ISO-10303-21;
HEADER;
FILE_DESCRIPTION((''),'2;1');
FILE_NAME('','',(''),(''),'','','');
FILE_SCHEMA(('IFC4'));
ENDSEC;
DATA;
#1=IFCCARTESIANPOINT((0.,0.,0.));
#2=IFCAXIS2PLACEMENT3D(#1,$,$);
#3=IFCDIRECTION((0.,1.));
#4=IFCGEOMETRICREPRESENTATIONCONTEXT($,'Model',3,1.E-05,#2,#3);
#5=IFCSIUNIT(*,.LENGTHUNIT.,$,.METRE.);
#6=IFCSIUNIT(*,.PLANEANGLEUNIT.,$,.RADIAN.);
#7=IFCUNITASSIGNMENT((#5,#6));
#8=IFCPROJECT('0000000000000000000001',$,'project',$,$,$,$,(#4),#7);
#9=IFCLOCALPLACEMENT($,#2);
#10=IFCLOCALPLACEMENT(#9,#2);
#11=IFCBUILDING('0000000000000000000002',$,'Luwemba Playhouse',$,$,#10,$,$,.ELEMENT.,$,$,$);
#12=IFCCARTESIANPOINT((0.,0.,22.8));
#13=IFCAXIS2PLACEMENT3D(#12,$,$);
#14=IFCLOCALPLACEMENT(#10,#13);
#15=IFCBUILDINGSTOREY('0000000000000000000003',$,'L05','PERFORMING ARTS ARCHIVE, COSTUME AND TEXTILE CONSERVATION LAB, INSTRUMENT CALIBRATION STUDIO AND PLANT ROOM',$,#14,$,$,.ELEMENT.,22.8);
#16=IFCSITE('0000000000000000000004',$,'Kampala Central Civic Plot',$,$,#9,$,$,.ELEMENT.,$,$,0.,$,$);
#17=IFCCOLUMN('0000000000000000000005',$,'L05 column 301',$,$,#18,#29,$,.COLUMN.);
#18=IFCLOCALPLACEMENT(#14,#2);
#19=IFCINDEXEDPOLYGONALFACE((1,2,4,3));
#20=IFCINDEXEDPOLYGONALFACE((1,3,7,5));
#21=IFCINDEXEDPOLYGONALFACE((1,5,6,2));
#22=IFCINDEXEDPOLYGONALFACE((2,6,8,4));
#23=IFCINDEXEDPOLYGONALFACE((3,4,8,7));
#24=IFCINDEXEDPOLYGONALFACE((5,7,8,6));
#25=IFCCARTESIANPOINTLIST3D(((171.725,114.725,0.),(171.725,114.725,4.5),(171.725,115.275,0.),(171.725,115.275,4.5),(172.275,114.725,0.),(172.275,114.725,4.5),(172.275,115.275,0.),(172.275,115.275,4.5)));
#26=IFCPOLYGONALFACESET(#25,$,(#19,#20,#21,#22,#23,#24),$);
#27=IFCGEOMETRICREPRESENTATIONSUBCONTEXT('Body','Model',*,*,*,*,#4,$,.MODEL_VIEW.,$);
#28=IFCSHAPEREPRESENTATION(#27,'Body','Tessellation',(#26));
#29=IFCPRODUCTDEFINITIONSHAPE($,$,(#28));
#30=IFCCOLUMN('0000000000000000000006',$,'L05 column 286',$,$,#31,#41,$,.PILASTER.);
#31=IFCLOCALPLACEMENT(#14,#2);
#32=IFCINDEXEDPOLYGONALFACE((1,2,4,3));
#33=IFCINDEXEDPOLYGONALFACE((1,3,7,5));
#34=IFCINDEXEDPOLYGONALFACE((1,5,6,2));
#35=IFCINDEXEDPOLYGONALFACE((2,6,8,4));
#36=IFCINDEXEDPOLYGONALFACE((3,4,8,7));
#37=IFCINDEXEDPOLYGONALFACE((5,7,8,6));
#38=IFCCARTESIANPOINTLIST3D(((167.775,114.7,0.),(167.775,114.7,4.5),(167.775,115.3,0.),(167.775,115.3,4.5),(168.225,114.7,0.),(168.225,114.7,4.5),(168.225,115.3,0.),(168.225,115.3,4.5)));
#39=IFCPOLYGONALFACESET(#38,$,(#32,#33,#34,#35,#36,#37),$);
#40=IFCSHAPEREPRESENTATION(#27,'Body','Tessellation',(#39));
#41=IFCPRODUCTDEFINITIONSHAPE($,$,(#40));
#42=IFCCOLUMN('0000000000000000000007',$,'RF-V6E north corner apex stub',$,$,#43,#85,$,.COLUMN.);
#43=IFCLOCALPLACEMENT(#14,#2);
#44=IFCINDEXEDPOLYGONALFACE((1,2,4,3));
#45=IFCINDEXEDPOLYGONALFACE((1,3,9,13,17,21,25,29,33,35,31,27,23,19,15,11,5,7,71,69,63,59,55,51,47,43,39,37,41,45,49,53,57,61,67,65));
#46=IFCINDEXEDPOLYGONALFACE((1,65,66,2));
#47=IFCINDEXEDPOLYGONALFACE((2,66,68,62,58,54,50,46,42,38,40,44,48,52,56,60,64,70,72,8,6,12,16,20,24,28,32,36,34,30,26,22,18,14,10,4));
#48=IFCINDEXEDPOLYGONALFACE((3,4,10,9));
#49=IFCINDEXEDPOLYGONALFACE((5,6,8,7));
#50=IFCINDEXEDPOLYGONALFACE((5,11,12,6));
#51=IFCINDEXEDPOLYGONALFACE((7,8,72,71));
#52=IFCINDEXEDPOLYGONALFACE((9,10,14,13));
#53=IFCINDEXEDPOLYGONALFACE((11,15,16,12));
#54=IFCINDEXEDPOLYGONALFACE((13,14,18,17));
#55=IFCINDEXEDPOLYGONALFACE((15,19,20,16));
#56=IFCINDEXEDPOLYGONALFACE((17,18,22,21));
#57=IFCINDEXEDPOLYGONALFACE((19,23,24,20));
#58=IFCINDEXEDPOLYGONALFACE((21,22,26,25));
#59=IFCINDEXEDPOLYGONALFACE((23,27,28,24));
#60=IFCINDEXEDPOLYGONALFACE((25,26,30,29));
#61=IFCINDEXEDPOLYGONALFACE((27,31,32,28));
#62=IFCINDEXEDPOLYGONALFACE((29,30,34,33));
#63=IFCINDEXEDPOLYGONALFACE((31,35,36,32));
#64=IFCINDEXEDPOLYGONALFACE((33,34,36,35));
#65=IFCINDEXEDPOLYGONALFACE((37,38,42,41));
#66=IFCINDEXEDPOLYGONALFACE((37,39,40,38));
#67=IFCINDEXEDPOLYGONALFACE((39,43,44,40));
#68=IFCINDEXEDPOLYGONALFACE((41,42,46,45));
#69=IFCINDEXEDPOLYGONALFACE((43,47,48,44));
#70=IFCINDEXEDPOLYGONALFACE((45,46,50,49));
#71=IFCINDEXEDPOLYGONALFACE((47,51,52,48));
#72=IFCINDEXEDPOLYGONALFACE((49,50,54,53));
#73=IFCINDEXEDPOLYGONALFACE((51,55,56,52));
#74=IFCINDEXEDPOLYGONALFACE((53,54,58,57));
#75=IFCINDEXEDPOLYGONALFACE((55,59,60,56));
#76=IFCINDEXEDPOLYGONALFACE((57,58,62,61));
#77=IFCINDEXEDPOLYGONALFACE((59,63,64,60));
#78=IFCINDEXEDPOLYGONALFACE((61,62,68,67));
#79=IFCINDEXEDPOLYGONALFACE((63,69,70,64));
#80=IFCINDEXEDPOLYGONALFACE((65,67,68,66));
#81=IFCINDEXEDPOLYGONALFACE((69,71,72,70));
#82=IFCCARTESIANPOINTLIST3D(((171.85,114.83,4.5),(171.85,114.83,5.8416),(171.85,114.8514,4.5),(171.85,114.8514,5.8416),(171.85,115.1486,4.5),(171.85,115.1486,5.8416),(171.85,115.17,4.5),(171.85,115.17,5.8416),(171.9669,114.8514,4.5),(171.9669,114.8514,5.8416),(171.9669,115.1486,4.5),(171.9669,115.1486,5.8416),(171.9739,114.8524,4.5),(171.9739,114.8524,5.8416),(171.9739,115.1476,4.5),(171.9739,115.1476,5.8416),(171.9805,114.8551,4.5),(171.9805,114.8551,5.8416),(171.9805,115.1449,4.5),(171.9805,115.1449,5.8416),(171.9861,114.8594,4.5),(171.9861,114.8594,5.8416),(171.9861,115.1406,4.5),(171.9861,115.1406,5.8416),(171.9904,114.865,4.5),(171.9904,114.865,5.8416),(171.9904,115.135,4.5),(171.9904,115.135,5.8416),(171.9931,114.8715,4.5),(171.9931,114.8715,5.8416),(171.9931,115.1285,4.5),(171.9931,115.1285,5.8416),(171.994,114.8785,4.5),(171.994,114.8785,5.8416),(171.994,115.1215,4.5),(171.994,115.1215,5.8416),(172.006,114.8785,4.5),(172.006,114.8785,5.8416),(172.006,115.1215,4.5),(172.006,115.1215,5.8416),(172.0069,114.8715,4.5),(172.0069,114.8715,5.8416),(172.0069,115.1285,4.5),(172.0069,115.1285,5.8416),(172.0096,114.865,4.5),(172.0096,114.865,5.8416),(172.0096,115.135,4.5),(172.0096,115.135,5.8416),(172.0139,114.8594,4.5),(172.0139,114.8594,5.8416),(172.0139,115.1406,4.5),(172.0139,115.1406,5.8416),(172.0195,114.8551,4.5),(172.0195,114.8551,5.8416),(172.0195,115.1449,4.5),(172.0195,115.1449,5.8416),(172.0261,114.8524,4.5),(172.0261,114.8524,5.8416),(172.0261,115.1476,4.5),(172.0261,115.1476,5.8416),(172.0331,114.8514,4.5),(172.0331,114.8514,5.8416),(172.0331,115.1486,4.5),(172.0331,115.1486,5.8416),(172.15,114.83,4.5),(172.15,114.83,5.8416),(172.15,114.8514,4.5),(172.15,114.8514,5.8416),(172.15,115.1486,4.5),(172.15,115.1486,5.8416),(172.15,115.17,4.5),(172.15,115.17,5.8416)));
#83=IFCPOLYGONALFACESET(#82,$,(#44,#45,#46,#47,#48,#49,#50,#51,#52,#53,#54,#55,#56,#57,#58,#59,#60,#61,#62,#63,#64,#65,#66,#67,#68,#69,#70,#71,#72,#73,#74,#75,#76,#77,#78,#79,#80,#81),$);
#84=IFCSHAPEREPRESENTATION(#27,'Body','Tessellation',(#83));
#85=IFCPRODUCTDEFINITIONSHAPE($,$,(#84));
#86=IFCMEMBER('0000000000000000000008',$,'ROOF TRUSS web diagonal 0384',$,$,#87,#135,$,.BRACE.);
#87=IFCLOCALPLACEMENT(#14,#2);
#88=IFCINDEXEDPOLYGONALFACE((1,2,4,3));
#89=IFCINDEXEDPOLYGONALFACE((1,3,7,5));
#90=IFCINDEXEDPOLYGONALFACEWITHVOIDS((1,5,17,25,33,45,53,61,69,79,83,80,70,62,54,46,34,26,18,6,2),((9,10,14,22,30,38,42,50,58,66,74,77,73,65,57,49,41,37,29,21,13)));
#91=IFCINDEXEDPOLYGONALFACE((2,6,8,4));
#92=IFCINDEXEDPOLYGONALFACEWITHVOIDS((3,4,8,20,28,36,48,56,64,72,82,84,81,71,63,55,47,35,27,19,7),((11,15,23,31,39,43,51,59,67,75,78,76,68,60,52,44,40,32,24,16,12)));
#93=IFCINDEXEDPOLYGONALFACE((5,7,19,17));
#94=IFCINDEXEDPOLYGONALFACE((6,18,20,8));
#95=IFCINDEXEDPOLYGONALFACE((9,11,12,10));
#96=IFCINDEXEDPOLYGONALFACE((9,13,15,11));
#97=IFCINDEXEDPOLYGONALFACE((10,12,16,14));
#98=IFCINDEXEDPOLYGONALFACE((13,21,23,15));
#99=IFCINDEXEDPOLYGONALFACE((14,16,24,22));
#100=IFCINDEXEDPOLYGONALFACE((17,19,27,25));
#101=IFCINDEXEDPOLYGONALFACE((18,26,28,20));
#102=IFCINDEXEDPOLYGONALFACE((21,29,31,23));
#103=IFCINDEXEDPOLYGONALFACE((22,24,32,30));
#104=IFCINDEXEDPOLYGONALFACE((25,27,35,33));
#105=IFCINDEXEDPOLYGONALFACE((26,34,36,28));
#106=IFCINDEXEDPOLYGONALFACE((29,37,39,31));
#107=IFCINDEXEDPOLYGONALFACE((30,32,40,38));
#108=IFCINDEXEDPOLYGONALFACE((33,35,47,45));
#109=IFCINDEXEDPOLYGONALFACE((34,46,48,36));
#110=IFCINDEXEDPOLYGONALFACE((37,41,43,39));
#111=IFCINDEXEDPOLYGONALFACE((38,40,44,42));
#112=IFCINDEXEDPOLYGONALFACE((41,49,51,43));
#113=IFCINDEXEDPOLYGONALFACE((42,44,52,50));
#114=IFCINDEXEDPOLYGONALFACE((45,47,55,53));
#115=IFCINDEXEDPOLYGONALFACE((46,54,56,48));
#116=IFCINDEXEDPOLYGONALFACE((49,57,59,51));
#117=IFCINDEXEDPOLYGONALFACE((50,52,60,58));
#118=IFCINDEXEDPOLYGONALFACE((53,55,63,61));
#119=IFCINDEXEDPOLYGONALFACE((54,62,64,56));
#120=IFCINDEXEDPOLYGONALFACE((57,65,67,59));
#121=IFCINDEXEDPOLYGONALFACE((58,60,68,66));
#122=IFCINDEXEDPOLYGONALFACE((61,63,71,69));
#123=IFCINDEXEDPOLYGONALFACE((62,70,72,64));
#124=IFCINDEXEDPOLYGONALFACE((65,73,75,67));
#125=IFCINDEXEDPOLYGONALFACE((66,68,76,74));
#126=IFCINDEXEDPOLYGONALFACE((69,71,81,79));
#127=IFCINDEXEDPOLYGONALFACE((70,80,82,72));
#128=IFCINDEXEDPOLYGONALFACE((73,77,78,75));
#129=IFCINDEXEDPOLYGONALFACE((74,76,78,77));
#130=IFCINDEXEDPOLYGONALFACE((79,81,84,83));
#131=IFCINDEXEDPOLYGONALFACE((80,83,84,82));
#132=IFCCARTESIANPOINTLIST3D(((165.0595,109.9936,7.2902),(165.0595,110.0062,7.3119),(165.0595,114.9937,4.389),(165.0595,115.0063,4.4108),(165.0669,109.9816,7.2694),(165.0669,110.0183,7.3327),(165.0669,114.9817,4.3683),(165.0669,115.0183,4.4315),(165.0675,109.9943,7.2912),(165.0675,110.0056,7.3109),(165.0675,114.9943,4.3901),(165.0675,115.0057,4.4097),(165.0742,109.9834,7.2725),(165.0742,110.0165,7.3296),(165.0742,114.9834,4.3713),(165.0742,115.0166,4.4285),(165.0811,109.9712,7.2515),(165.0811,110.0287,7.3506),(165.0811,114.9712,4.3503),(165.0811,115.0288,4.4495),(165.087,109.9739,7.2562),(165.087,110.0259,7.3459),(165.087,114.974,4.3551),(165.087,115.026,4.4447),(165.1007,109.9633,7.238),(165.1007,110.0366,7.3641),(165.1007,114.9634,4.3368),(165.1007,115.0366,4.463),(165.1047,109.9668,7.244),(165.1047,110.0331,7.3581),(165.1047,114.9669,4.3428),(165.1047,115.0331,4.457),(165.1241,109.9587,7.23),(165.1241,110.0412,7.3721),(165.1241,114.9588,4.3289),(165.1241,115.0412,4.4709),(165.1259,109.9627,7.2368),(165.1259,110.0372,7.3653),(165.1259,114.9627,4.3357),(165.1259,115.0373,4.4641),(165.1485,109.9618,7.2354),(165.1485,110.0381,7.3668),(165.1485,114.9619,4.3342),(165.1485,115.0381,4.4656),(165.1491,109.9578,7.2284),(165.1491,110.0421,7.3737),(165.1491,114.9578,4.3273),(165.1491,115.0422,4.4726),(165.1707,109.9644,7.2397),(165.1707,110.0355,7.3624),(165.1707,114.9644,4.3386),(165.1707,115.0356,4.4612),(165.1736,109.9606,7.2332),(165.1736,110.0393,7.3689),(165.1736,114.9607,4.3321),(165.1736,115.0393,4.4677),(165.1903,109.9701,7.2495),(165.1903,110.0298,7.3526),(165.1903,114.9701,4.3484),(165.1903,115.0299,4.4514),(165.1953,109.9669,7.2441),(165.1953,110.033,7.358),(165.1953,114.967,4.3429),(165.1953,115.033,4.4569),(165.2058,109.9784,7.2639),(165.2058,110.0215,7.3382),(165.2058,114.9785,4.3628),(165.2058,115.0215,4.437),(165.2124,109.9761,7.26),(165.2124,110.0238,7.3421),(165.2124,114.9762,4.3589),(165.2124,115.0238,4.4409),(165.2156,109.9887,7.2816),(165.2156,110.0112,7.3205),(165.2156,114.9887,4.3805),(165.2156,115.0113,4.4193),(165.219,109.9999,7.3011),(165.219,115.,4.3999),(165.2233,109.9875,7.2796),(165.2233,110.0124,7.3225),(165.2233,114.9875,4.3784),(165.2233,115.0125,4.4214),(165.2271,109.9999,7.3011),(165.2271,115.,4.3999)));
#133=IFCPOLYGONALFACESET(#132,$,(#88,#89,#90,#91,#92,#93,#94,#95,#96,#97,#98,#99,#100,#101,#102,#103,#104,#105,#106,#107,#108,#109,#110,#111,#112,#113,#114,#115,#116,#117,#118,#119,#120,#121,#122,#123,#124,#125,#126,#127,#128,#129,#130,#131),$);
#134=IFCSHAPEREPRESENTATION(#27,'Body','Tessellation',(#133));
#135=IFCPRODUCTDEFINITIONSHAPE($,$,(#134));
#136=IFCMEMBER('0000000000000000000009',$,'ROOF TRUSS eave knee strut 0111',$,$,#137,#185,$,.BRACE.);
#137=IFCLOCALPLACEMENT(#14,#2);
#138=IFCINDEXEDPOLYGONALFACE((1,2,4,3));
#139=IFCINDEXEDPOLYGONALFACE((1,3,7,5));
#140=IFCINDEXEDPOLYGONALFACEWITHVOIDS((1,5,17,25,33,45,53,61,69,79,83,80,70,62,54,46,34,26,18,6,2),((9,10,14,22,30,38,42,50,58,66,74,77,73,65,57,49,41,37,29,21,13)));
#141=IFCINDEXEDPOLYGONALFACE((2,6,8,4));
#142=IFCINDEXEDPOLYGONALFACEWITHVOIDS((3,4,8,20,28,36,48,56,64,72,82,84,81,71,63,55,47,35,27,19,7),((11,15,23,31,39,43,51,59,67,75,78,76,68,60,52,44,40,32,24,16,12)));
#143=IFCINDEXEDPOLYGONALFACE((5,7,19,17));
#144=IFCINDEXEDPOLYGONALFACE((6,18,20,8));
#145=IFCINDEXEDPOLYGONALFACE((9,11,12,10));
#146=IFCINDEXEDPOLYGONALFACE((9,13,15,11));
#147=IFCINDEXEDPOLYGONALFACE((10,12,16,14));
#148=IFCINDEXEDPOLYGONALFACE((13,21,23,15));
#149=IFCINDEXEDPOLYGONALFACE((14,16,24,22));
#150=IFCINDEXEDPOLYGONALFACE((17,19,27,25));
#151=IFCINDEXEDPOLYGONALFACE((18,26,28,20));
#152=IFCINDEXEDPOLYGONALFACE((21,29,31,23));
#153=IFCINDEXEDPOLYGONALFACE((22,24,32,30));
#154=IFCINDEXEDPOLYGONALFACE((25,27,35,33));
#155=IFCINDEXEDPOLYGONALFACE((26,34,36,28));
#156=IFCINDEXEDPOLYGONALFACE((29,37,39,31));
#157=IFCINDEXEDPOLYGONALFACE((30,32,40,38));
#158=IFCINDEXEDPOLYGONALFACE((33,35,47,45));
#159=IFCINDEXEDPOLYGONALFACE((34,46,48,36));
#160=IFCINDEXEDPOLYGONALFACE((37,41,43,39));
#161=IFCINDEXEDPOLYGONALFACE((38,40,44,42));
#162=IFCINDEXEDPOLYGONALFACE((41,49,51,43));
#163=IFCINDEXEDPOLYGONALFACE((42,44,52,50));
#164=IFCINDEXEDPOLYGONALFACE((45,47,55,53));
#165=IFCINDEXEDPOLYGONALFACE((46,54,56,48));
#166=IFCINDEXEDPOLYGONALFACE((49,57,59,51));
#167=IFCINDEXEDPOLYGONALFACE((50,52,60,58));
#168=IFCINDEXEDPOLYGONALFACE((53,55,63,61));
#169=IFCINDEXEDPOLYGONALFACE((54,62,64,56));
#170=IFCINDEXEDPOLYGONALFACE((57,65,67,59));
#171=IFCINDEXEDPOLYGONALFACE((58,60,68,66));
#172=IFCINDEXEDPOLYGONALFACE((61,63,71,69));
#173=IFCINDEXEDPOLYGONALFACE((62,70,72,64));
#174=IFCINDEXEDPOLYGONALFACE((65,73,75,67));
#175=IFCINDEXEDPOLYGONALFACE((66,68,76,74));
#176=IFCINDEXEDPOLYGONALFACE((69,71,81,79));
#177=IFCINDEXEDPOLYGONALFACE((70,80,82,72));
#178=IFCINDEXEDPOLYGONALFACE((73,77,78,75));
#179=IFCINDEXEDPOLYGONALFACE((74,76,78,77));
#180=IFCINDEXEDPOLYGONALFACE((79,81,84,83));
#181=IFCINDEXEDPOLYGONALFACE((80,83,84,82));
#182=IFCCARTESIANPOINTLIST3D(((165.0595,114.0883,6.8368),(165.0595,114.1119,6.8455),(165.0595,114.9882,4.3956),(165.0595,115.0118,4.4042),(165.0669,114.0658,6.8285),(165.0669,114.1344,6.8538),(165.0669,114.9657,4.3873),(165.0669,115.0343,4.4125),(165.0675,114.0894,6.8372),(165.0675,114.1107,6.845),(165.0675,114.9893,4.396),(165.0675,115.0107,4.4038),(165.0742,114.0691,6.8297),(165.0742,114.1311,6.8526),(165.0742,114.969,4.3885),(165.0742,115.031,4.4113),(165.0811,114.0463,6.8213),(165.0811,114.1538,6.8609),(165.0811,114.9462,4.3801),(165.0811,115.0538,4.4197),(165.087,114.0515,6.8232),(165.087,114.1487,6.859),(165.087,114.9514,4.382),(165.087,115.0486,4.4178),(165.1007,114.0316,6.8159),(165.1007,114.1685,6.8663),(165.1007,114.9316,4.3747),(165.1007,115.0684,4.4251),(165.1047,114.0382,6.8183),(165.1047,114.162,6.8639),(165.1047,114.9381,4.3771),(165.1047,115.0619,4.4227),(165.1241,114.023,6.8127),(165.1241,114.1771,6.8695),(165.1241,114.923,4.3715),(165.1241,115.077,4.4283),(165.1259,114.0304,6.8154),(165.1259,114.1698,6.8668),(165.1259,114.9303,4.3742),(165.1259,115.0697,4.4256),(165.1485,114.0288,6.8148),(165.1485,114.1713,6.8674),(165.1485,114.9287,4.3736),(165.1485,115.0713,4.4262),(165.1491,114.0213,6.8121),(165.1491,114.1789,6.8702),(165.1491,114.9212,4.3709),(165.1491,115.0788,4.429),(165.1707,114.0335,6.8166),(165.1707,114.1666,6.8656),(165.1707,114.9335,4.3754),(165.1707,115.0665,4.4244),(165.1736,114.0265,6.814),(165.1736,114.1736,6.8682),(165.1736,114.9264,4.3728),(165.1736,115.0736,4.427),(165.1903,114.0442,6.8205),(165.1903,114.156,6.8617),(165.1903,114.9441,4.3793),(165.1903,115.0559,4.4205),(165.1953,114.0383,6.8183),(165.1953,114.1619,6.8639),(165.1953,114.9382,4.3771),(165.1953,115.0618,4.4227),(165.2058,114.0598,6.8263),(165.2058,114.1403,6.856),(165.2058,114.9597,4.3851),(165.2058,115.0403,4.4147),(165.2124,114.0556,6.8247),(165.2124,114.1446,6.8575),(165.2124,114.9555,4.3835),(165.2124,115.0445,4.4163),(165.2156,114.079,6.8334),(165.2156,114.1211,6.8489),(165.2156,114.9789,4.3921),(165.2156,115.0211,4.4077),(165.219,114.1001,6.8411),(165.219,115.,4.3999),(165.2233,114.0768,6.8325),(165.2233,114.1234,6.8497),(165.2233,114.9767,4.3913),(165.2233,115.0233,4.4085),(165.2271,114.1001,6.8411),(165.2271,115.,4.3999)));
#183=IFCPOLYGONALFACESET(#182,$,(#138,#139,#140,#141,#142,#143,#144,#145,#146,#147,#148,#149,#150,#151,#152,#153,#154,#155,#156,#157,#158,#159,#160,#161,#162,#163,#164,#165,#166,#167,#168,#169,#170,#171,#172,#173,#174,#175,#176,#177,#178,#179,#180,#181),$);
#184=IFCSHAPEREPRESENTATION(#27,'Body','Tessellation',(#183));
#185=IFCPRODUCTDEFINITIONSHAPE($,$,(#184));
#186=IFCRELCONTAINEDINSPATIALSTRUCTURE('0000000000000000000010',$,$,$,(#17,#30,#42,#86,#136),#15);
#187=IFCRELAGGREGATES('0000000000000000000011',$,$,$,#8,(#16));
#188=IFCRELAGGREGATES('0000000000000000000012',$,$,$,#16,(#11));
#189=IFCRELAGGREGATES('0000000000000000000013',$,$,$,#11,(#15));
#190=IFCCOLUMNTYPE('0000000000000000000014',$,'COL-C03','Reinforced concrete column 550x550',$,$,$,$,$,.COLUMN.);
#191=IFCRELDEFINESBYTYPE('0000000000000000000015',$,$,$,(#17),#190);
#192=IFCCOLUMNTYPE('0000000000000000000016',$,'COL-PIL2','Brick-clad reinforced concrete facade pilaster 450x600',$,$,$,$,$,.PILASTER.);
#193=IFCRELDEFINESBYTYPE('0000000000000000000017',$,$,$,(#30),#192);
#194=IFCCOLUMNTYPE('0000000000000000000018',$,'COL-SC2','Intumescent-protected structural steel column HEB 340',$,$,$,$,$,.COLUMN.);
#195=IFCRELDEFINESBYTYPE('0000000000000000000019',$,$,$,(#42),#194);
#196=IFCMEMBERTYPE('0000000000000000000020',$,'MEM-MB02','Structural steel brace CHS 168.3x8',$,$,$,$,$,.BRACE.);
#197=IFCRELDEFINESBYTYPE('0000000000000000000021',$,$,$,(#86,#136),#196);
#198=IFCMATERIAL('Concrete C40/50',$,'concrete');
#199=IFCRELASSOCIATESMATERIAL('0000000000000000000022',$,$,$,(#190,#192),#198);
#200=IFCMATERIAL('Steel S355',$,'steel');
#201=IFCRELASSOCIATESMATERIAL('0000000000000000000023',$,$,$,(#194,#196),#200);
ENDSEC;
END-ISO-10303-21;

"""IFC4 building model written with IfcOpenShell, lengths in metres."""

from ifc_helpers import new_model, si_unit, direction, frame, origin, origin_2d, place, context, subcontext, project, spatial, rectangle, hollow_circle, i_section, extrude, material, material_profile, profile_set, type_object, element, save


model = new_model("IFC4")

# Units and contexts
model_context = context("Model", 3, precision=1e-05, world=origin(), true_north=direction((0.0, 1.0)))
body_context = subcontext(model_context, "Body", "Model", "MODEL_VIEW")
ifc_project = project(units=[si_unit("LENGTHUNIT", "METRE"), si_unit("PLANEANGLEUNIT", "RADIAN")], contexts=[model_context])

# Site, building, storey
site_placement = place(None, origin())
site = spatial("IfcSite", under=ifc_project, at=site_placement, Name="Kampala Central Civic Plot", CompositionType="ELEMENT", RefElevation=0.0)
building_placement = place(site_placement, origin())
building = spatial("IfcBuilding", under=site, at=building_placement, Name="Luwemba Playhouse", CompositionType="ELEMENT")
storey_placement = place(building_placement, frame((0.0, 0.0, 22.8)))
storey = spatial("IfcBuildingStorey", under=building, at=storey_placement, Name="L05", Description="PERFORMING ARTS ARCHIVE, COSTUME AND TEXTILE CONSERVATION LAB, INSTRUMENT CALIBRATION STUDIO AND PLANT ROOM", CompositionType="ELEMENT", Elevation=22.8)

# Columns
ifc_material_1 = material(Name="Concrete C40/50", Category="concrete")
ifc_material_profile_1 = material_profile(ifc_material_1, rectangle(XDim=0.55, YDim=0.55, at=origin_2d()))
ifc_profile_set_1 = profile_set([ifc_material_profile_1], Name="Concrete C40/50")
column_type_1 = type_object("IfcColumnType", Name="COL-C03", Description="Reinforced concrete column 550x550", PredefinedType="COLUMN", material=ifc_profile_set_1)
column_1_placement = place(storey_placement, frame((172.0, 115.0, 0.0), z_axis=(0.0, 0.0, 1.0), x_axis=(1.0, 0.0, 0.0)))
element("IfcColumn", 1, at=column_1_placement, inside=storey, type_object=column_type_1, Name="L05 column 301", PredefinedType="COLUMN", context=body_context, shape_type="SweptSolid", body=[
    extrude(rectangle(XDim=0.55, YDim=0.55, at=origin_2d()), origin(), (0.0, 0.0, 1.0), 4.5),
])
ifc_material_profile_2 = material_profile(ifc_material_1, rectangle(XDim=0.45, YDim=0.6001, at=origin_2d()))
ifc_profile_set_2 = profile_set([ifc_material_profile_2], Name="Concrete C40/50")
column_type_2 = type_object("IfcColumnType", Name="COL-PIL2", Description="Brick-clad reinforced concrete facade pilaster 450x600", PredefinedType="PILASTER", material=ifc_profile_set_2)
column_2_placement = place(storey_placement, frame((168.0, 115.0, 0.0), z_axis=(0.0, 0.0, 1.0), x_axis=(1.0, 0.0, 0.0)))
element("IfcColumn", 2, at=column_2_placement, inside=storey, type_object=column_type_2, Name="L05 column 286", PredefinedType="PILASTER", context=body_context, shape_type="SweptSolid", body=[
    extrude(rectangle(XDim=0.45, YDim=0.6001, at=origin_2d()), origin(), (0.0, 0.0, 1.0), 4.5),
])
ifc_material_2 = material(Name="Steel S355", Category="steel")
ifc_material_profile_3 = material_profile(ifc_material_2, i_section(OverallWidth=0.3, OverallDepth=0.3401, WebThickness=0.012, FlangeThickness=0.0215, FilletRadius=0.0271, at=origin_2d()))
ifc_profile_set_3 = profile_set([ifc_material_profile_3], Name="Steel S355")
column_type_3 = type_object("IfcColumnType", Name="COL-SC2", Description="Intumescent-protected structural steel column HEB 340", PredefinedType="COLUMN", material=ifc_profile_set_3)
column_3_placement = place(storey_placement, frame((172.0, 115.0, 4.5), z_axis=(0.0, 0.0, 1.0), x_axis=(1.0, 0.0, 0.0)))
element("IfcColumn", 3, at=column_3_placement, inside=storey, type_object=column_type_3, Name="RF-V6E north corner apex stub", PredefinedType="COLUMN", context=body_context, shape_type="SweptSolid", body=[
    extrude(i_section(OverallWidth=0.3, OverallDepth=0.3401, WebThickness=0.012, FlangeThickness=0.0215, FilletRadius=0.0271, at=origin_2d()), origin(), (0.0, 0.0, 1.0), 1.3416),
])

# Members
ifc_material_profile_4 = material_profile(ifc_material_2, hollow_circle(Radius=0.0842, WallThickness=0.0081, at=origin_2d()))
ifc_profile_set_4 = profile_set([ifc_material_profile_4], Name="Steel S355")
member_type_1 = type_object("IfcMemberType", Name="MEM-MB02", Description="Structural steel brace CHS 168.3x8", PredefinedType="BRACE", material=ifc_profile_set_4)
member_1_placement = place(storey_placement, frame((165.1428, 115.0, 4.3999), z_axis=(0.0, -0.864947, 0.501863), x_axis=(1.0, 0.0, 0.0)))
element("IfcMember", 4, at=member_1_placement, inside=storey, type_object=member_type_1, Name="ROOF TRUSS web diagonal 0384", PredefinedType="BRACE", context=body_context, shape_type="SweptSolid", body=[
    extrude(hollow_circle(Radius=0.0842, WallThickness=0.0081, at=origin_2d()), origin(), (0.0, 0.0, 1.0), 5.7808),
])
member_2_placement = place(storey_placement, frame((165.1428, 115.0, 4.3999), z_axis=(0.0, -0.345884, 0.938277), x_axis=(1.0, 0.0, 0.0)))
element("IfcMember", 5, at=member_2_placement, inside=storey, type_object=member_type_1, Name="ROOF TRUSS eave knee strut 0111", PredefinedType="BRACE", context=body_context, shape_type="SweptSolid", body=[
    extrude(hollow_circle(Radius=0.0842, WallThickness=0.0081, at=origin_2d()), origin(), (0.0, 0.0, 1.0), 2.6018),
])

save(model, "model.ifc")
